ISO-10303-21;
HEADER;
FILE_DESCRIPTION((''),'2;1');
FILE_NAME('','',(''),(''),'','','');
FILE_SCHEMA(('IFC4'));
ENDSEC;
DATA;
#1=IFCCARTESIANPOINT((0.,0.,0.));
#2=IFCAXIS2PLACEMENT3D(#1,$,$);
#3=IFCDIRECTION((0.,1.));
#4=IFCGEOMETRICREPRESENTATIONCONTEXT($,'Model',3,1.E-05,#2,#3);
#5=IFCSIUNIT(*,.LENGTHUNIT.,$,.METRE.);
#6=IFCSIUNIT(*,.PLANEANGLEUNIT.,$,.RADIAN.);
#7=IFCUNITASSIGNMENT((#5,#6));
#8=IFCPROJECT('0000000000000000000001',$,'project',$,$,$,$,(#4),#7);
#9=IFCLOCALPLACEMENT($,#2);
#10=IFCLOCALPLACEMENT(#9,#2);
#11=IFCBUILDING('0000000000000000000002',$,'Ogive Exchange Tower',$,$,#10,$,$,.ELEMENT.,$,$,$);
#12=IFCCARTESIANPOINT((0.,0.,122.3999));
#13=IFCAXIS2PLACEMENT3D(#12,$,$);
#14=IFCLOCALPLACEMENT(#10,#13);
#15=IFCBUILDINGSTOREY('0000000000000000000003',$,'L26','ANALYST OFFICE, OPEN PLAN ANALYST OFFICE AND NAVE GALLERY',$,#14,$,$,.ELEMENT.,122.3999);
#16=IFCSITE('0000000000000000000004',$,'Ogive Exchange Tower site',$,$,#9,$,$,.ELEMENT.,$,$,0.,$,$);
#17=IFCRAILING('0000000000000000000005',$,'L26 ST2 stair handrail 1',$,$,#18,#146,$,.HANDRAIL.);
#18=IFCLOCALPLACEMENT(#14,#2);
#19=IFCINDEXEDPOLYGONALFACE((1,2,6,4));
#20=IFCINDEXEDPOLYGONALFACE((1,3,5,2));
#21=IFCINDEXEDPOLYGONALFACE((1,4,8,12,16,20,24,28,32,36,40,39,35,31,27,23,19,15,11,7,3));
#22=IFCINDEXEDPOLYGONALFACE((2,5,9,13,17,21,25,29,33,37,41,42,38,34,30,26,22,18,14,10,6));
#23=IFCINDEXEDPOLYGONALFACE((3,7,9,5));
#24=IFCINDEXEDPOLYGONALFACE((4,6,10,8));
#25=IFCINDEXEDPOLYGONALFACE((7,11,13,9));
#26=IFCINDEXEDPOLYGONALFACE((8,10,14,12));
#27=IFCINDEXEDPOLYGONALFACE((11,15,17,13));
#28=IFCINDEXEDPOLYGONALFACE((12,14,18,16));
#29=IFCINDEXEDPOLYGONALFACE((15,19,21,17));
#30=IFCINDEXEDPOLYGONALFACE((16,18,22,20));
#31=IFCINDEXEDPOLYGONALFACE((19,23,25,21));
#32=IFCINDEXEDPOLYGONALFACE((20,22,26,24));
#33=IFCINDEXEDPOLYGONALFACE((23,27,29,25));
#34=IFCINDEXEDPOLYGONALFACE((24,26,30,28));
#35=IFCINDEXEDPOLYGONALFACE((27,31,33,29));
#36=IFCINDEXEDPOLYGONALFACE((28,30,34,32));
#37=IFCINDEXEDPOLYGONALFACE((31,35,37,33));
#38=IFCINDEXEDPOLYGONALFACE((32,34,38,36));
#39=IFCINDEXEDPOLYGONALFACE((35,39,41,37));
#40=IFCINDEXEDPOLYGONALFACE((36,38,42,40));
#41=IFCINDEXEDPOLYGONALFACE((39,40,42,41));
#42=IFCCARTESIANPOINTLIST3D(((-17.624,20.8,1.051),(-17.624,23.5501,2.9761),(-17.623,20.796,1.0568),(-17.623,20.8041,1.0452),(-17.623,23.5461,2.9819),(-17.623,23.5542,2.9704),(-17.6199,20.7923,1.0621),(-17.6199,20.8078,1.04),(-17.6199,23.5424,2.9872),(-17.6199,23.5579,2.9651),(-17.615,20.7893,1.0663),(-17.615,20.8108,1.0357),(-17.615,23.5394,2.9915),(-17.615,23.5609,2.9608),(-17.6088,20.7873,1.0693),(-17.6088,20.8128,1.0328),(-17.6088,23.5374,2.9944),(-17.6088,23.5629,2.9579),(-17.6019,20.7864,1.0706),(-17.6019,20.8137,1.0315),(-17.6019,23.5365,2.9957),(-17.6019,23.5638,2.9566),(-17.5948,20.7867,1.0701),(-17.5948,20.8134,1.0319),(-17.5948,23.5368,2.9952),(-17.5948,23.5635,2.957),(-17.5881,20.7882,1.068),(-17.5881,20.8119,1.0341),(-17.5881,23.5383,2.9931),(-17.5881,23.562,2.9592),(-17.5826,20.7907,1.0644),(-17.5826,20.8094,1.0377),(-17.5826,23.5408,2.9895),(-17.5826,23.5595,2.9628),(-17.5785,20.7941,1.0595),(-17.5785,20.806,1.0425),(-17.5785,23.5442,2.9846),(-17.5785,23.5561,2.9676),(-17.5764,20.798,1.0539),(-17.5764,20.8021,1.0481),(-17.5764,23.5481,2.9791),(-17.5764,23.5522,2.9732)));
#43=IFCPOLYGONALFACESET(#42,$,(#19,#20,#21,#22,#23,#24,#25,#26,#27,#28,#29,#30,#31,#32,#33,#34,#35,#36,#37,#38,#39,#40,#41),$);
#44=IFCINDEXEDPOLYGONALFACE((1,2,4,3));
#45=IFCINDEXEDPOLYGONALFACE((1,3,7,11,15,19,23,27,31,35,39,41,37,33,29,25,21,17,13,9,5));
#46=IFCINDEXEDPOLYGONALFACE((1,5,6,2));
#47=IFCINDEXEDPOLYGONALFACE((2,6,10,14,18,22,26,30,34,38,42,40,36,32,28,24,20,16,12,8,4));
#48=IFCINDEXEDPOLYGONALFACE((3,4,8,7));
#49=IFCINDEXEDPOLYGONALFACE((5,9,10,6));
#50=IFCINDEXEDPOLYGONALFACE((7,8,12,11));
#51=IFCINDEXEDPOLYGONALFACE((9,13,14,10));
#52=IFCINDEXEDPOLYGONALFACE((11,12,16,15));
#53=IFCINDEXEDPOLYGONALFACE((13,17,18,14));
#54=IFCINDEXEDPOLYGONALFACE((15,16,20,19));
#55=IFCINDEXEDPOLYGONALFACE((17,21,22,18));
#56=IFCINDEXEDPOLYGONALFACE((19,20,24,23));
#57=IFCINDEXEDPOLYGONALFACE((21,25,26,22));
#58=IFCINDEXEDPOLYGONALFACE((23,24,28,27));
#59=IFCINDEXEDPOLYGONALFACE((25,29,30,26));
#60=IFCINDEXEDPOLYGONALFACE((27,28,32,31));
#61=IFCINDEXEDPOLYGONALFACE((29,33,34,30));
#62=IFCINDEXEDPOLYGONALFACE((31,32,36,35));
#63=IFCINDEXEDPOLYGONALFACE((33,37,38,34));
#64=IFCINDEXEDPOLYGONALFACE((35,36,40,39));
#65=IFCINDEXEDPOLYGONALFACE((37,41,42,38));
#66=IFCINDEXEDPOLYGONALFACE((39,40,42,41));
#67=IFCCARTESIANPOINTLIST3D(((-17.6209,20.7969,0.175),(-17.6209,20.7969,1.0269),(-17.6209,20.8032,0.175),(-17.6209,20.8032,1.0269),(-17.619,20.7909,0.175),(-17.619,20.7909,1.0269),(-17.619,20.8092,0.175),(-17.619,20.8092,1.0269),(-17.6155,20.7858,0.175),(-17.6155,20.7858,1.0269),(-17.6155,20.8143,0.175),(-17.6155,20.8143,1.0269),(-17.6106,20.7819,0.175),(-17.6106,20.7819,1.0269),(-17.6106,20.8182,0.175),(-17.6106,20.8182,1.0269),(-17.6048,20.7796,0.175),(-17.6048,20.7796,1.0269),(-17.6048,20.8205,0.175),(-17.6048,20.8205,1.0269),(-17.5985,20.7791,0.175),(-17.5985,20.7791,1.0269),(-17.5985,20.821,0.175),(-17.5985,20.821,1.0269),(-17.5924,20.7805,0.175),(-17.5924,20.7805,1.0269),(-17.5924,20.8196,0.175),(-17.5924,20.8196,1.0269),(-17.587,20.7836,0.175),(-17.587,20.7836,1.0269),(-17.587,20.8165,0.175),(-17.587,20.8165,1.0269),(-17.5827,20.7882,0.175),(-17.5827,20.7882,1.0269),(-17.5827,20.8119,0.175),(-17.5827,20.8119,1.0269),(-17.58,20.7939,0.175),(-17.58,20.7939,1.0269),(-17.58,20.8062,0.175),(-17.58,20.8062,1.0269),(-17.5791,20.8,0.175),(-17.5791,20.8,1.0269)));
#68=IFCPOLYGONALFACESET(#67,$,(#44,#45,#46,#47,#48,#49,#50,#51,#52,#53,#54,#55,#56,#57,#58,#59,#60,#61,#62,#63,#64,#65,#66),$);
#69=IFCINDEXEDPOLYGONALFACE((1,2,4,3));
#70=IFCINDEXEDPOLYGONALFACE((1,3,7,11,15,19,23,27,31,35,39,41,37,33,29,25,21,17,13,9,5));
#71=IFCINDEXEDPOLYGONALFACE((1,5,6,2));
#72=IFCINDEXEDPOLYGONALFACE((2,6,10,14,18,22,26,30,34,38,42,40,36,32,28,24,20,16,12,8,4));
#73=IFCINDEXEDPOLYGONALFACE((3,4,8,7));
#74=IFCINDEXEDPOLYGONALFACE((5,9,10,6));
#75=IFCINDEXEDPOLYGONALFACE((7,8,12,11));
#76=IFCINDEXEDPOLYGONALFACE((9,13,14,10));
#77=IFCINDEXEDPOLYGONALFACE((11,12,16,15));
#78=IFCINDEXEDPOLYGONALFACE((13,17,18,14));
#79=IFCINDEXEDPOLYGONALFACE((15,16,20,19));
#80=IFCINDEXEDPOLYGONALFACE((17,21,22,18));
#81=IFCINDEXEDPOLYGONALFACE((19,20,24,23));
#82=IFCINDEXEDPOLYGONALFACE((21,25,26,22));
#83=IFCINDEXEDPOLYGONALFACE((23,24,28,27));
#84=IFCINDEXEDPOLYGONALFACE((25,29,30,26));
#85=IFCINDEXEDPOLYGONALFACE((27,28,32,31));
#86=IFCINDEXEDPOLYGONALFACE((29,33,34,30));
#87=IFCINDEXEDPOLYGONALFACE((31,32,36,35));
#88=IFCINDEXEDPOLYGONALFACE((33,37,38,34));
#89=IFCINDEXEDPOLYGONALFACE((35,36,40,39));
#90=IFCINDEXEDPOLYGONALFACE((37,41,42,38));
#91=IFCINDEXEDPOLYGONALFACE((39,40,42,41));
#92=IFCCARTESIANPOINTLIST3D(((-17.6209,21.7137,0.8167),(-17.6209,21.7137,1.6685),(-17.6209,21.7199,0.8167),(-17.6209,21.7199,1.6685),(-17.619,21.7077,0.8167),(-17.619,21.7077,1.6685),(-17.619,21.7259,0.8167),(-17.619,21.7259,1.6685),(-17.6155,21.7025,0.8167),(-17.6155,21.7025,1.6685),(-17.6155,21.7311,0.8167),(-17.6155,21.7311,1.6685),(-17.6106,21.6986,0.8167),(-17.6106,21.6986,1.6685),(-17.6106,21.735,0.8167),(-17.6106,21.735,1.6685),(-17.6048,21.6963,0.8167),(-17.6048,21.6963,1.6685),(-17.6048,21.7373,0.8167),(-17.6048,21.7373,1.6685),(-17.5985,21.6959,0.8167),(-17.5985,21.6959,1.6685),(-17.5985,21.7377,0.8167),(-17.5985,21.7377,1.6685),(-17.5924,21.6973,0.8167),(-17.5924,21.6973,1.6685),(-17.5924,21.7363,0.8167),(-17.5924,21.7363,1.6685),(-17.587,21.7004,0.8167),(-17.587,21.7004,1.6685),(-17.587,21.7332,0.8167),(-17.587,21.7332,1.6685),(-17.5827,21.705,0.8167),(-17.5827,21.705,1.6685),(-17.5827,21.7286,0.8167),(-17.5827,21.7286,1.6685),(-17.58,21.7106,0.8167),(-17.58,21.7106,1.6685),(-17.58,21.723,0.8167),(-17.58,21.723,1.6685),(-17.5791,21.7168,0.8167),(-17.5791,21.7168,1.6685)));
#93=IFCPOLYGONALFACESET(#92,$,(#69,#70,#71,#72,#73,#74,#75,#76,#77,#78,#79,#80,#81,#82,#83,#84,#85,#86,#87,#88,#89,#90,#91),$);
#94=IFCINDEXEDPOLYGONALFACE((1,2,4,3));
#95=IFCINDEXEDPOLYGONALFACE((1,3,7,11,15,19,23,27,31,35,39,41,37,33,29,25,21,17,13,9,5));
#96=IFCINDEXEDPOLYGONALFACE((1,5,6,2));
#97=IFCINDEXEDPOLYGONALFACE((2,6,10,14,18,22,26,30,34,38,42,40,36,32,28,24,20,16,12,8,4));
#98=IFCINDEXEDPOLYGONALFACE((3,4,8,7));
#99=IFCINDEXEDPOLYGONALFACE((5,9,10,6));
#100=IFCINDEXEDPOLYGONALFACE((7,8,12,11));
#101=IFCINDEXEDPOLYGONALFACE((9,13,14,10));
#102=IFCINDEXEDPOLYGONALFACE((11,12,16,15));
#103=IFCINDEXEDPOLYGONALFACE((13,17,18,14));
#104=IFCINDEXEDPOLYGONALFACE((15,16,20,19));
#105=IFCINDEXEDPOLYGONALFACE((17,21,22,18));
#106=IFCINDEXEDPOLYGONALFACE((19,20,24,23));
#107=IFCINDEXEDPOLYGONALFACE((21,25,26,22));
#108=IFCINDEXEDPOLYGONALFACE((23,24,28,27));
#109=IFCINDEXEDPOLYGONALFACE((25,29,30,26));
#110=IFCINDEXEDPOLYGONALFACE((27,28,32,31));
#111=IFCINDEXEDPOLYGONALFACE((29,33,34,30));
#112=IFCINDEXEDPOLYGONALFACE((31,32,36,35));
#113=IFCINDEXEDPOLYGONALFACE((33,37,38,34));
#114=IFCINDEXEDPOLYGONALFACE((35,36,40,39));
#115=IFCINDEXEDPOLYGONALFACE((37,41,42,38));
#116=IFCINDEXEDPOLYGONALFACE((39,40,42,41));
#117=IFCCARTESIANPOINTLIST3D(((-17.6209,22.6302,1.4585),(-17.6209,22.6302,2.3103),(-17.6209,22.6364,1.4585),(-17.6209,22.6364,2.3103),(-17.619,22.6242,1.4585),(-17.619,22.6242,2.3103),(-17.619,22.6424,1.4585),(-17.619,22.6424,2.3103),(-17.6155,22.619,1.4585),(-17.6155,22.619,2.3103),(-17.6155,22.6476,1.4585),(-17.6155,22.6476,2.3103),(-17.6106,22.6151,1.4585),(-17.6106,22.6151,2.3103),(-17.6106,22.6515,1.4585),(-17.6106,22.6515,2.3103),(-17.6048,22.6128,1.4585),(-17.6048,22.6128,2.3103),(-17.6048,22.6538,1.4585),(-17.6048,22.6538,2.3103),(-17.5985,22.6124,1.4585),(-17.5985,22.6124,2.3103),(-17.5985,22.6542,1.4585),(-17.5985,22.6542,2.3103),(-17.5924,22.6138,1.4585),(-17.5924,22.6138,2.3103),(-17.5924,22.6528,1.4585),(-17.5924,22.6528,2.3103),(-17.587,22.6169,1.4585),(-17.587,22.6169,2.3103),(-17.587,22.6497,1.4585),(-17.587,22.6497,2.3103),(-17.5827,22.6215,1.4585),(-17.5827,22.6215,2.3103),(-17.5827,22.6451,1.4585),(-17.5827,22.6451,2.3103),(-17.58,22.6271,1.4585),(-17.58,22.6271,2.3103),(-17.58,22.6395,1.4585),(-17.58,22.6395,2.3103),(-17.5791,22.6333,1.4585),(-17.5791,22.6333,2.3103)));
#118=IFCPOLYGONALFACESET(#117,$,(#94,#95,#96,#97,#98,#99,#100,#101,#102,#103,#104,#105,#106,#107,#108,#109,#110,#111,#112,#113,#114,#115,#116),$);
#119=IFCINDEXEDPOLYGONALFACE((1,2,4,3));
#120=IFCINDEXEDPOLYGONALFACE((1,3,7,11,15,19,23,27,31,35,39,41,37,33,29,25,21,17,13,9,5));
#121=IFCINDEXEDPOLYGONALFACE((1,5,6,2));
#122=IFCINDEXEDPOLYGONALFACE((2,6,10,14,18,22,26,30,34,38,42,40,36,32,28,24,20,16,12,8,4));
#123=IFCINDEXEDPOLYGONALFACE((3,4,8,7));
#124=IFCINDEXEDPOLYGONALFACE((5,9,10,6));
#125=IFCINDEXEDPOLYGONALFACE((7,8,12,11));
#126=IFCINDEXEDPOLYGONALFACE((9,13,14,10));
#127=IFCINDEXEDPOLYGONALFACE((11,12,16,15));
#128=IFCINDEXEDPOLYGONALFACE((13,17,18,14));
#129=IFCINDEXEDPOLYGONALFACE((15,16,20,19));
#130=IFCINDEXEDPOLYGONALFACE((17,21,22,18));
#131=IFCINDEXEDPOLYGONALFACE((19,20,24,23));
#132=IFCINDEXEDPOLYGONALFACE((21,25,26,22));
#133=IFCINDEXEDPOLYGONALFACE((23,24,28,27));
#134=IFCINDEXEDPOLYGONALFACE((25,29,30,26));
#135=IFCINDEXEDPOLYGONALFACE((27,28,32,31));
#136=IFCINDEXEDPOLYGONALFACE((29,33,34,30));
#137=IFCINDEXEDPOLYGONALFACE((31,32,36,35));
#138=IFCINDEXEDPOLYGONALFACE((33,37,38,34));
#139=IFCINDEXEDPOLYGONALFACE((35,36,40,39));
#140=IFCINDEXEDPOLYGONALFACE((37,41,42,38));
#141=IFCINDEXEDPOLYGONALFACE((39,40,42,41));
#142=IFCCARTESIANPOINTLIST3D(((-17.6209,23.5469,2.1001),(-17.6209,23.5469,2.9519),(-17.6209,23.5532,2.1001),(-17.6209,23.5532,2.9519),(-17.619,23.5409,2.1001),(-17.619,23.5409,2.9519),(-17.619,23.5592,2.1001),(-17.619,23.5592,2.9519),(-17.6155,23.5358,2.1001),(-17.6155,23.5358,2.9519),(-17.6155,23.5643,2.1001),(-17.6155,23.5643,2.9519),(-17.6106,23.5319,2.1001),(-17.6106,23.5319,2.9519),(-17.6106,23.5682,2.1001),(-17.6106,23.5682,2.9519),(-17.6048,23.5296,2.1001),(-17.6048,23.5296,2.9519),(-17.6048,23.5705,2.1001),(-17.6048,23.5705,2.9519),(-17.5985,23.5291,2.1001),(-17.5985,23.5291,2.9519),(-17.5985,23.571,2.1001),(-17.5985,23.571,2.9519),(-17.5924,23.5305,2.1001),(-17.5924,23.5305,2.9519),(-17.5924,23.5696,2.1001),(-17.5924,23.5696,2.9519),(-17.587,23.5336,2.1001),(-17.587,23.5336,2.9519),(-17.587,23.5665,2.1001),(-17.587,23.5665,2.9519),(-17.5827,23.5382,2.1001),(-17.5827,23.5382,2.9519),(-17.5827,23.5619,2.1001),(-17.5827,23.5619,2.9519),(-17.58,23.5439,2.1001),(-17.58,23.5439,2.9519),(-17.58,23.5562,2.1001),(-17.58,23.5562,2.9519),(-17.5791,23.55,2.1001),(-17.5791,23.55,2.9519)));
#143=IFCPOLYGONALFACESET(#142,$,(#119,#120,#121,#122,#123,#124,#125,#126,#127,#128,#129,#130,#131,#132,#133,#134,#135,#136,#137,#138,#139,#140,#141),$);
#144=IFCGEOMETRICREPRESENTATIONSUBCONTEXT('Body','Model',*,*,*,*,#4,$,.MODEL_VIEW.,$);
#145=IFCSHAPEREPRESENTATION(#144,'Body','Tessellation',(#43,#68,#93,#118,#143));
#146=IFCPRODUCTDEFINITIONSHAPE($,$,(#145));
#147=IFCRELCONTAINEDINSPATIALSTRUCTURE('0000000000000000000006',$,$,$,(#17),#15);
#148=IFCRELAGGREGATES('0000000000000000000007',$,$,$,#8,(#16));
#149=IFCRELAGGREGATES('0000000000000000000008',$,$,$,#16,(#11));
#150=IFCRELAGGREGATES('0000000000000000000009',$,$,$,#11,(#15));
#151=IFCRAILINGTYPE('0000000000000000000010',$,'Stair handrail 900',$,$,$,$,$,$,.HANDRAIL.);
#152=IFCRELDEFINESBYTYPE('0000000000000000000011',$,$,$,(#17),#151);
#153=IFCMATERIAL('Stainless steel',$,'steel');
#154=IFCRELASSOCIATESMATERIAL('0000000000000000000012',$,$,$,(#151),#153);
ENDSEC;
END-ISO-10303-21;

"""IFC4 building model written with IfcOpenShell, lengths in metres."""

from ifc_helpers import new_model, si_unit, direction, frame, origin, origin_2d, place, context, subcontext, project, spatial, circle, extrude, material, type_object, element, save


model = new_model("IFC4")

# Units and contexts
model_context = context("Model", 3, precision=1e-05, world=origin(), true_north=direction((0.0, 1.0)))
body_context = subcontext(model_context, "Body", "Model", "MODEL_VIEW")
ifc_project = project(units=[si_unit("LENGTHUNIT", "METRE"), si_unit("PLANEANGLEUNIT", "RADIAN")], contexts=[model_context])

# Site, building, storey
site_placement = place(None, origin())
site = spatial("IfcSite", under=ifc_project, at=site_placement, Name="Ogive Exchange Tower site", CompositionType="ELEMENT", RefElevation=0.0)
building_placement = place(site_placement, origin())
building = spatial("IfcBuilding", under=site, at=building_placement, Name="Ogive Exchange Tower", CompositionType="ELEMENT")
storey_placement = place(building_placement, frame((0.0, 0.0, 122.3999)))
storey = spatial("IfcBuildingStorey", under=building, at=storey_placement, Name="L26", Description="ANALYST OFFICE, OPEN PLAN ANALYST OFFICE AND NAVE GALLERY", CompositionType="ELEMENT", Elevation=122.3999)

# Railing
ifc_material_1 = material(Name="Stainless steel", Category="steel")
railing_type = type_object("IfcRailingType", Name="Stair handrail 900", PredefinedType="HANDRAIL", material=ifc_material_1)
railing_placement = place(storey_placement, frame((-17.6001, 20.8, 0.175)))
element("IfcRailing", 1, at=railing_placement, inside=storey, type_object=railing_type, Name="L26 ST2 stair handrail 1", PredefinedType="HANDRAIL", context=body_context, shape_type="SweptSolid", body=[
    extrude(circle(Radius=0.0239, at=origin_2d()), frame((0.0, 0.0, 0.876), z_axis=(0.0, 0.819225, 0.573472), x_axis=(-1.0, 0.0, 0.0)), (0.0, 0.0, 1.0), 3.3569),
    extrude(circle(Radius=0.021, at=origin_2d()), origin(), (0.0, 0.0, 1.0), 0.8518),
    extrude(circle(Radius=0.021, at=origin_2d()), frame((0.0, 0.9167, 0.6416)), (0.0, 0.0, 1.0), 0.8518),
    extrude(circle(Radius=0.021, at=origin_2d()), frame((0.0, 1.8333, 1.2834)), (0.0, 0.0, 1.0), 0.8518),
    extrude(circle(Radius=0.021, at=origin_2d()), frame((0.0, 2.75, 1.925)), (0.0, 0.0, 1.0), 0.8518),
])

save(model, "model.ifc")
